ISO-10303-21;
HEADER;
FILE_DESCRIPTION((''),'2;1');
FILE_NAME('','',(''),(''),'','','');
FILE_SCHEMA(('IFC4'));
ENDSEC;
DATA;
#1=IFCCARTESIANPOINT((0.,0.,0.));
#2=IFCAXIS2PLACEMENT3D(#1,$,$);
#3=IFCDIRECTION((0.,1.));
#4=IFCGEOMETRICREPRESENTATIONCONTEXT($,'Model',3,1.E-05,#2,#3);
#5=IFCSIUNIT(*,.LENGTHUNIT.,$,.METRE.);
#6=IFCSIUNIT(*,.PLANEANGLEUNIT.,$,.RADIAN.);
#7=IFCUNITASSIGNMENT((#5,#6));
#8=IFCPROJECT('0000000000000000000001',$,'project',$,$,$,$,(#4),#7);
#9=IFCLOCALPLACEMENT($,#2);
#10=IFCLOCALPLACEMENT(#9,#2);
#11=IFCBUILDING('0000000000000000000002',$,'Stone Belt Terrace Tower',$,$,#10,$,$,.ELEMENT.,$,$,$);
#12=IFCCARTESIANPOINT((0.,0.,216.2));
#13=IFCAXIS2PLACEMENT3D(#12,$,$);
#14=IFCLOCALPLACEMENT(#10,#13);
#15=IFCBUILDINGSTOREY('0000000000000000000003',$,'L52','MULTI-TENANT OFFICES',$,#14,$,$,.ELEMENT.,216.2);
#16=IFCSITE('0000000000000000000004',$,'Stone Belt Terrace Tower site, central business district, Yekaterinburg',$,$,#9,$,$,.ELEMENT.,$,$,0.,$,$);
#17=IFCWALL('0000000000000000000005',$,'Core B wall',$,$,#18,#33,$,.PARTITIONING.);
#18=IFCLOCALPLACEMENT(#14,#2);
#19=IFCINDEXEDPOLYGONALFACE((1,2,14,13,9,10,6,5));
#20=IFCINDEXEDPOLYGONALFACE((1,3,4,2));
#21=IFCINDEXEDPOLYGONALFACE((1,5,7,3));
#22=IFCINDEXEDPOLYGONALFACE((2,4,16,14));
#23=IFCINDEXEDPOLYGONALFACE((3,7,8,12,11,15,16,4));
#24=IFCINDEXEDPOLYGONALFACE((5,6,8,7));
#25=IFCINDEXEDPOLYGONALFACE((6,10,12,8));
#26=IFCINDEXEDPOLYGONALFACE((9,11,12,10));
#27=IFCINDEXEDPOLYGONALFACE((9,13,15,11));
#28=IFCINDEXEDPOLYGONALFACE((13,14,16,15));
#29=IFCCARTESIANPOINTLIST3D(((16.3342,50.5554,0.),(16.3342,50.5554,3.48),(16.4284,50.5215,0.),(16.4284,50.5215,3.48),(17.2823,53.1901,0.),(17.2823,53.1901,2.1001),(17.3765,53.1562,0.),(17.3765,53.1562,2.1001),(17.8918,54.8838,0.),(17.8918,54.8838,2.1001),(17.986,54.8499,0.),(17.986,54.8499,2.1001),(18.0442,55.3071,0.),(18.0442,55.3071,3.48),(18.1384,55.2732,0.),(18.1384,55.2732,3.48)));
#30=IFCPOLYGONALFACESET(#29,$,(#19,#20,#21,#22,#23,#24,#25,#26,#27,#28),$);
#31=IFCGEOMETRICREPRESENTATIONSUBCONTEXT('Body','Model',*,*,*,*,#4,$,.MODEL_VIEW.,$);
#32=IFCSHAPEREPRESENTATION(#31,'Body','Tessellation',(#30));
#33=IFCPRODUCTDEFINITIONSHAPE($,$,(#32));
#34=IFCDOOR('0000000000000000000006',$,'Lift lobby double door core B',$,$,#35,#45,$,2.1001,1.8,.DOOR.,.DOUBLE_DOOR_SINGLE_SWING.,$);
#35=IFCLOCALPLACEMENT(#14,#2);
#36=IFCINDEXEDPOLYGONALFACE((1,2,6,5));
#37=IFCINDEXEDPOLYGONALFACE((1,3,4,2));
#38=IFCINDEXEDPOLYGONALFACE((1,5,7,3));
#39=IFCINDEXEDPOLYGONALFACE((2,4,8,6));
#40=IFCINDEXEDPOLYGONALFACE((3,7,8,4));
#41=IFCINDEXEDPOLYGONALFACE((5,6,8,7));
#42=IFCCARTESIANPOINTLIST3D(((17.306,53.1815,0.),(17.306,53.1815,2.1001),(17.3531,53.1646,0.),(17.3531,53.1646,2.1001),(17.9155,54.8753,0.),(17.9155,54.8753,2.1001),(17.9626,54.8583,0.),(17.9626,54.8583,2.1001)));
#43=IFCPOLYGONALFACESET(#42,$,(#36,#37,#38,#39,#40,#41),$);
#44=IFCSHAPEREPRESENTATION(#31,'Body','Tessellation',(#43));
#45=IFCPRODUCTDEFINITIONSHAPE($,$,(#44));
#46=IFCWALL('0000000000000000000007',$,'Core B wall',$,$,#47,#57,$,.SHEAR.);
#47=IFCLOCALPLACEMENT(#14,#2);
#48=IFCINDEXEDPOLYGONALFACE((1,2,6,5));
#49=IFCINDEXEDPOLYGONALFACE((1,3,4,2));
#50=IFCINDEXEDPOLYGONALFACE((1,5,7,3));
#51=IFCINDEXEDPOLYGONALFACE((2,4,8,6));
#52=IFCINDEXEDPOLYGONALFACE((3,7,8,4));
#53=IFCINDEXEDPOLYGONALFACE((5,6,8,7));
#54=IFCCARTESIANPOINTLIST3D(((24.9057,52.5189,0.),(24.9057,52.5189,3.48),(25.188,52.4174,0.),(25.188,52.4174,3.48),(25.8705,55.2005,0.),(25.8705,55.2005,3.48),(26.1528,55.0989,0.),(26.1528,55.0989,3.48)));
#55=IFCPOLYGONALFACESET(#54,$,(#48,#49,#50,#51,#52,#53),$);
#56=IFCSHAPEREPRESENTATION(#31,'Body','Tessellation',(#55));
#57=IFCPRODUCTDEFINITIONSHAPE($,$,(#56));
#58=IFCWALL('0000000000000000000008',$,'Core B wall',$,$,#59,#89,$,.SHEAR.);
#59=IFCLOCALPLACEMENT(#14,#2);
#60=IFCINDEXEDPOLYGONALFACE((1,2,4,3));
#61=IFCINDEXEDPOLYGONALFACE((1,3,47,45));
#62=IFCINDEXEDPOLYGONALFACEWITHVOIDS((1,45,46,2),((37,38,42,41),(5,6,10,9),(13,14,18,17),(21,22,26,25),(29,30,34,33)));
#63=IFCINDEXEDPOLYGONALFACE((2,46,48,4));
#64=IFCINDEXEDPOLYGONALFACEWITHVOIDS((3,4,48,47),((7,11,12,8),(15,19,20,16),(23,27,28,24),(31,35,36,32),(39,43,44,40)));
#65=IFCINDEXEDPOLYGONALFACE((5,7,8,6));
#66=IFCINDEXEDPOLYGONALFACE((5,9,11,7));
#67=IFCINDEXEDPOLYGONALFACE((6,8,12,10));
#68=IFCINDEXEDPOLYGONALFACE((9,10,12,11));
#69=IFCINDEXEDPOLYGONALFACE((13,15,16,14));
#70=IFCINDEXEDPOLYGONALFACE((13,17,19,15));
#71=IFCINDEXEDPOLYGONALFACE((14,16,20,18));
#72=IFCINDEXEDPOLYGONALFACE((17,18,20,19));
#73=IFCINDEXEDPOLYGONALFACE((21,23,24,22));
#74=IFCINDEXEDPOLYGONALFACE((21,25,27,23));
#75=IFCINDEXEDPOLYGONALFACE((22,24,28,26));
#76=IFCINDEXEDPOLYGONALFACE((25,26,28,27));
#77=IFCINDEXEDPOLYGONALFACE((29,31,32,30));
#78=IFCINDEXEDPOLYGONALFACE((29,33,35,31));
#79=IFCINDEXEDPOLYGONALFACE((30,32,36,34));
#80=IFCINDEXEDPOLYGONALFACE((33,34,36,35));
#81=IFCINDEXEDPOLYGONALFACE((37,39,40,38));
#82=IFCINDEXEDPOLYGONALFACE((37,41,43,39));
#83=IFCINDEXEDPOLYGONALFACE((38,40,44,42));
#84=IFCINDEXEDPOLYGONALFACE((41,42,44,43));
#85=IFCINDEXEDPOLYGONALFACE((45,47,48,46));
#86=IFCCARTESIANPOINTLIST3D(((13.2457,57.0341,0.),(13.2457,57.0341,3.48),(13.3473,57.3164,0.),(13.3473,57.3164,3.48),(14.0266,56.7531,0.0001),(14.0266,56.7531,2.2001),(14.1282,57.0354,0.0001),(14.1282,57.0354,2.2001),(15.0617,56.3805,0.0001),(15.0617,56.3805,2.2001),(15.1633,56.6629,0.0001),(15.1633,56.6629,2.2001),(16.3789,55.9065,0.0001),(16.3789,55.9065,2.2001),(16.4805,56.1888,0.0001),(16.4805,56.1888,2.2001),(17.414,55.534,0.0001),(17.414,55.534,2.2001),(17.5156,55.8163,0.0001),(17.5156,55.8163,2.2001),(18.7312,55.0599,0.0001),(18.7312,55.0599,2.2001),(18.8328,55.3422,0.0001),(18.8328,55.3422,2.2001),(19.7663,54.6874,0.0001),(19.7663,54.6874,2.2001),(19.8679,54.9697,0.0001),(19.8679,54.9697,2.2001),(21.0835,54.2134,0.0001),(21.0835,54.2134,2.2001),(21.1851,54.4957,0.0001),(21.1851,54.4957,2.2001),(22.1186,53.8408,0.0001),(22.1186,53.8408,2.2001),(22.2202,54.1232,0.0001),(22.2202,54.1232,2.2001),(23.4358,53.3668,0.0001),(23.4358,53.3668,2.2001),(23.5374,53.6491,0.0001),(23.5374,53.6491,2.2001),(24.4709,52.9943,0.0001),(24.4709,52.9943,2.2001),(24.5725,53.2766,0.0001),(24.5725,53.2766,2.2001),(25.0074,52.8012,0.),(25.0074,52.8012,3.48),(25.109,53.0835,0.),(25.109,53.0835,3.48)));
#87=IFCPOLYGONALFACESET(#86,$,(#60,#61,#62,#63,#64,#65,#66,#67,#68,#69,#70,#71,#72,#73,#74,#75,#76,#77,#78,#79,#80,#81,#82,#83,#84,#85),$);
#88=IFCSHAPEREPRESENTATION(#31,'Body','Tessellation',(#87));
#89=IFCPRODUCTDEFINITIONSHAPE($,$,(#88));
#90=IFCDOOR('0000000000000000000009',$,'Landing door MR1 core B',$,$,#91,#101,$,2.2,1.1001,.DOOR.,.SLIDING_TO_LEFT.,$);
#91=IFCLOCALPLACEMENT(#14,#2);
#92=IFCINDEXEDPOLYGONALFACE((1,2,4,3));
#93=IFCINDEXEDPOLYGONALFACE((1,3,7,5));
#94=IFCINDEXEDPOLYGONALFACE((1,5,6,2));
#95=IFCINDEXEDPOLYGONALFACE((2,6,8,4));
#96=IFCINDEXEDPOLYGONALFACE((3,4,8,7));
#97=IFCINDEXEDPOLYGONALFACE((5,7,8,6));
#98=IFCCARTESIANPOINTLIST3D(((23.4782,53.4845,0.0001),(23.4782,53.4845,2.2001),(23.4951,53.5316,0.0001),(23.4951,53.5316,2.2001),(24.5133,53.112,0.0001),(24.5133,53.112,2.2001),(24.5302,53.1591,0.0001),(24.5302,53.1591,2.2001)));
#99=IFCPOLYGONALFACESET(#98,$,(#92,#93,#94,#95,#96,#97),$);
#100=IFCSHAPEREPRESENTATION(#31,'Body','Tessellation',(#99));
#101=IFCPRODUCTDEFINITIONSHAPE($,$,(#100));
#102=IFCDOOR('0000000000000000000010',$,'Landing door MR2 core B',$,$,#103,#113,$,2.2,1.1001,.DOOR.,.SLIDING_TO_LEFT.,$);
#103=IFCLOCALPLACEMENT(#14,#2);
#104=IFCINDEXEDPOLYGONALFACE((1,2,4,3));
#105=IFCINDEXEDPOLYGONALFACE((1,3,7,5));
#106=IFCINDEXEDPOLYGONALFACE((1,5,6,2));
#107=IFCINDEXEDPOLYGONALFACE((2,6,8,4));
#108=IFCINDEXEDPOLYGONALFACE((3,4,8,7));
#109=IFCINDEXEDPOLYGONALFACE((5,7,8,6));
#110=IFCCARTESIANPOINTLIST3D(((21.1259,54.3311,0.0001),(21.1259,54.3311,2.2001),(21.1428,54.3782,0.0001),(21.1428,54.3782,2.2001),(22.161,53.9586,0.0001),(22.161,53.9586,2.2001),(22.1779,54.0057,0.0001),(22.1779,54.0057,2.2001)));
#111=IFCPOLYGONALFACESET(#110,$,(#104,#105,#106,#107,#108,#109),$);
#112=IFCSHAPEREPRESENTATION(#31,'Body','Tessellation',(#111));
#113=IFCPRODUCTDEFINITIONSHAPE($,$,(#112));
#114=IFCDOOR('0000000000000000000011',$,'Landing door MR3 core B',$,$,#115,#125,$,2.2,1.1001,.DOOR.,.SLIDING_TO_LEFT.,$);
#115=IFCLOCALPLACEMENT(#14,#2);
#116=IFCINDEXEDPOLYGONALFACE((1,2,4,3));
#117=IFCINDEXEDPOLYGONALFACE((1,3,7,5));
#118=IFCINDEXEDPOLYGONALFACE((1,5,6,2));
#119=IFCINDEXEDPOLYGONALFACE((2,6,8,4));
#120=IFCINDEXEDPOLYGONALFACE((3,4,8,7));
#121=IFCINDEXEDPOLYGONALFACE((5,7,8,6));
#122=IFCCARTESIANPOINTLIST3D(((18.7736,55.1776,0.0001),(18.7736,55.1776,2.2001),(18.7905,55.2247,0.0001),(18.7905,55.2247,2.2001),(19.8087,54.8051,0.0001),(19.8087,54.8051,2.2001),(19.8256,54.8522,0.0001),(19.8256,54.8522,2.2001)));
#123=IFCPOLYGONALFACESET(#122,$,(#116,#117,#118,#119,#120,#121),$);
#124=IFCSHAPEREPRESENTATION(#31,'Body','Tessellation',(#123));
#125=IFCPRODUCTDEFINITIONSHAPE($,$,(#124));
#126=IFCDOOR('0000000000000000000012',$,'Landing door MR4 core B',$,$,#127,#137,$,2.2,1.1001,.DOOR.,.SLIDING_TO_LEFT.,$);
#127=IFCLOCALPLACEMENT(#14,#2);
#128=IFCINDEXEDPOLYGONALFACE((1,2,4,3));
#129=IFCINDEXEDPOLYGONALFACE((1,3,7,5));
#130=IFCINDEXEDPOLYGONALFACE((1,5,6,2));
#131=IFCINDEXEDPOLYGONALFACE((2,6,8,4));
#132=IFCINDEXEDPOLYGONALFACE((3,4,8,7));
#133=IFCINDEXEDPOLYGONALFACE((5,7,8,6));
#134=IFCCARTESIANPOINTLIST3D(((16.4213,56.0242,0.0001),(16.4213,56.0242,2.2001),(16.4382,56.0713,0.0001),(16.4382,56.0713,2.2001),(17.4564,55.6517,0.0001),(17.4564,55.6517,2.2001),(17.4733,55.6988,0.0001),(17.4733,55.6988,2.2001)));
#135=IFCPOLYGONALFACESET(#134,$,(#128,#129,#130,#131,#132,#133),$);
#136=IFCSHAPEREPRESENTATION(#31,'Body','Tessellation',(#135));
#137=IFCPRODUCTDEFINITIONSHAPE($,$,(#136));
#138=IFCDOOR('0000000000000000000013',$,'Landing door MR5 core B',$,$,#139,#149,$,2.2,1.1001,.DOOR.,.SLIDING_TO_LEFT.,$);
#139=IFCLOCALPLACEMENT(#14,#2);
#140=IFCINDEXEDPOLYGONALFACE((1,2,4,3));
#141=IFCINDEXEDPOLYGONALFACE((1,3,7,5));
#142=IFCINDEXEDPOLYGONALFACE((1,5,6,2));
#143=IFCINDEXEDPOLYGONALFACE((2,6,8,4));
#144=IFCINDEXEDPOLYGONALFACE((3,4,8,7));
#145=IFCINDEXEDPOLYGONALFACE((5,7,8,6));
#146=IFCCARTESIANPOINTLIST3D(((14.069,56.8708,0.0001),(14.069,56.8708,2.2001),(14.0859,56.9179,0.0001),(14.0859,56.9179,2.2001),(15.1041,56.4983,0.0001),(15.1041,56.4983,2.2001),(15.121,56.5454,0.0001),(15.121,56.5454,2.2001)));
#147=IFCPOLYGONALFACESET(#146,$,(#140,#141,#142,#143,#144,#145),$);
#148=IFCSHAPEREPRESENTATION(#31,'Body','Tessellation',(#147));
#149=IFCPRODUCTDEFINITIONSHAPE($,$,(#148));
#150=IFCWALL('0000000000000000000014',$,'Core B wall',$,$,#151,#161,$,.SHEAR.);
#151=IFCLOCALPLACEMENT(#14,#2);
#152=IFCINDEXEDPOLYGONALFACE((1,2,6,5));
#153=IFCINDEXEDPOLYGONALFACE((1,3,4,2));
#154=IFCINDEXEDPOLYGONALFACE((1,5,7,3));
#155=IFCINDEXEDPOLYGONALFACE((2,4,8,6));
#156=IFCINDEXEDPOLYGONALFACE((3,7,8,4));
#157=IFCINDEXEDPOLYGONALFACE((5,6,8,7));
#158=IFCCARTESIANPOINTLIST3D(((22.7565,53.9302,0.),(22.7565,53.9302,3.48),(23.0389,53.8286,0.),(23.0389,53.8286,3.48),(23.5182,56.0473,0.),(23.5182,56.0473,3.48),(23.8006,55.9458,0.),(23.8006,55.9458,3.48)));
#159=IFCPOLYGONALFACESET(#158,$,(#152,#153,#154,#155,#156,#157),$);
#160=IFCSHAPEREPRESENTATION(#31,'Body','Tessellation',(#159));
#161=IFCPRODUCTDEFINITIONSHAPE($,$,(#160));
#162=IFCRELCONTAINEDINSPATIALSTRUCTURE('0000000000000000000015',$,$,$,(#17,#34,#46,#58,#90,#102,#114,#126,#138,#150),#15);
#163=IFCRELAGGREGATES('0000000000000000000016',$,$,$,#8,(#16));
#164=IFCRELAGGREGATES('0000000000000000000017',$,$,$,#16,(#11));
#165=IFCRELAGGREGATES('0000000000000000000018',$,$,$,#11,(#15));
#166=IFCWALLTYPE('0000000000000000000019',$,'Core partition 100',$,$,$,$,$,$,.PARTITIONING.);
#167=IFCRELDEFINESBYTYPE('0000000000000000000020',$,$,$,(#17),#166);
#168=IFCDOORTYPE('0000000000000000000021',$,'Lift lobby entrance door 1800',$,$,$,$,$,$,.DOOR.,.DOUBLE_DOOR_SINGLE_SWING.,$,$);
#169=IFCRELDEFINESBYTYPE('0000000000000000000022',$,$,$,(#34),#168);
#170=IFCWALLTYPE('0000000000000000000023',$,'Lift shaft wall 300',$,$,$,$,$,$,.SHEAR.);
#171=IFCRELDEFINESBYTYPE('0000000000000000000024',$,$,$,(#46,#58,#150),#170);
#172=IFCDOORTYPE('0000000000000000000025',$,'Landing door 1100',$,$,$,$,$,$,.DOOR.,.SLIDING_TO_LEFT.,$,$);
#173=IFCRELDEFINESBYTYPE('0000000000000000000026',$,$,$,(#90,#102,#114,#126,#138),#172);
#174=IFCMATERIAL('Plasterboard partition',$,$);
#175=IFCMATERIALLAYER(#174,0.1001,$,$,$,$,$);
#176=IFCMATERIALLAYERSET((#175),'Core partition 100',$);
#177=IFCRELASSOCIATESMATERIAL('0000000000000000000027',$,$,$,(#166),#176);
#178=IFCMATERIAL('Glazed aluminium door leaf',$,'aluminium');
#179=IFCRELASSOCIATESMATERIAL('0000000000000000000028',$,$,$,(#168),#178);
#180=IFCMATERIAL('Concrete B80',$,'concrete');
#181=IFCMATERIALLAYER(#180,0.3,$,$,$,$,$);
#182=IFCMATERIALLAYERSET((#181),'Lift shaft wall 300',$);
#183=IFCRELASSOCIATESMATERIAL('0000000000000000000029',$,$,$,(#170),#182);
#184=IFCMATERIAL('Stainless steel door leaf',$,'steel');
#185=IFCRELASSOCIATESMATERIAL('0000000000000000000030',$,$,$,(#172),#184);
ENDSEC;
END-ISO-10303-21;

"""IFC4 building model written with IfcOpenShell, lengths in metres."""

from ifc_helpers import new_model, si_unit, direction, frame, frame_2d, origin, place, context, subcontext, project, spatial, rectangle, extrude, material, layer, layer_set, type_object, element, fill, save


model = new_model("IFC4")

# Units and contexts
model_context = context("Model", 3, precision=1e-05, world=origin(), true_north=direction((0.0, 1.0)))
body_context = subcontext(model_context, "Body", "Model", "MODEL_VIEW")
ifc_project = project(units=[si_unit("LENGTHUNIT", "METRE"), si_unit("PLANEANGLEUNIT", "RADIAN")], contexts=[model_context])

# Site, building, storey
site_placement = place(None, origin())
site = spatial("IfcSite", under=ifc_project, at=site_placement, Name="Stone Belt Terrace Tower site, central business district, Yekaterinburg", CompositionType="ELEMENT", RefElevation=0.0)
building_placement = place(site_placement, origin())
building = spatial("IfcBuilding", under=site, at=building_placement, Name="Stone Belt Terrace Tower", CompositionType="ELEMENT")
storey_placement = place(building_placement, frame((0.0, 0.0, 216.2)))
storey = spatial("IfcBuildingStorey", under=building, at=storey_placement, Name="L52", Description="MULTI-TENANT OFFICES", CompositionType="ELEMENT", Elevation=216.2)

# Shared definitions
ifc_material_1 = material(Name="Plasterboard partition")
ifc_layer_1 = layer(ifc_material_1, 0.1001)
ifc_layer_set_1 = layer_set([ifc_layer_1], Name="Core partition 100")
wall_type_1 = type_object("IfcWallType", Name="Core partition 100", PredefinedType="PARTITIONING", material=ifc_layer_set_1)

# Wall, opening, door
wall_1_placement = place(storey_placement, frame((16.3813, 50.5386, 0.0), z_axis=(0.0, 0.0, 1.0), x_axis=(0.338605, 0.940929, 0.0)))
wall_1 = element("IfcWall", 1, at=wall_1_placement, inside=storey, type_object=wall_type_1, Name="Core B wall", PredefinedType="PARTITIONING", context=body_context, shape_type="SweptSolid", body=[
    extrude(rectangle(XDim=5.05, YDim=0.1001, at=frame_2d((2.5249, 0.0))), origin(), (0.0, 0.0, 1.0), 3.48),
])
opening_1_placement = place(wall_1_placement, frame((2.8, 0.0, 0.0)))
opening_1 = element("IfcOpeningElement", 2, at=opening_1_placement, cuts=wall_1, PredefinedType="OPENING", context=body_context, shape_type="SweptSolid", body=[
    extrude(rectangle(XDim=1.8, YDim=2.1001, at=frame_2d((0.8999, 1.05))), frame((0.0, 0.0601, 0.0), z_axis=(0.0, -1.0, 0.0), x_axis=(1.0, 0.0, 0.0)), (0.0, 0.0, 1.0), 0.1201),
])
ifc_material_2 = material(Name="Glazed aluminium door leaf", Category="aluminium")
door_type_1 = type_object("IfcDoorType", Name="Lift lobby entrance door 1800", OperationType="DOUBLE_DOOR_SINGLE_SWING", PredefinedType="DOOR", material=ifc_material_2)
door_1_placement = place(opening_1_placement, origin())
door_1 = element("IfcDoor", 3, at=door_1_placement, inside=storey, type_object=door_type_1, Name="Lift lobby double door core B", OperationType="DOUBLE_DOOR_SINGLE_SWING", OverallHeight=2.1001, OverallWidth=1.8, PredefinedType="DOOR", context=body_context, shape_type="SweptSolid", body=[
    extrude(rectangle(XDim=1.8, YDim=2.1001, at=frame_2d((0.8999, 1.05))), frame((0.0, 0.0249, 0.0), z_axis=(0.0, -1.0, 0.0), x_axis=(1.0, 0.0, 0.0)), (0.0, 0.0, 1.0), 0.05),
])
fill(opening_1, door_1)

# Wall
ifc_material_3 = material(Name="Concrete B80", Category="concrete")
ifc_layer_2 = layer(ifc_material_3, 0.3)
ifc_layer_set_2 = layer_set([ifc_layer_2], Name="Lift shaft wall 300")
wall_type_2 = type_object("IfcWallType", Name="Lift shaft wall 300", PredefinedType="SHEAR", material=ifc_layer_set_2)
wall_2_placement = place(storey_placement, frame((25.0469, 52.4683, 0.0), z_axis=(0.0, 0.0, 1.0), x_axis=(0.33855, 0.940949, 0.0)))
element("IfcWall", 4, at=wall_2_placement, inside=storey, type_object=wall_type_2, Name="Core B wall", PredefinedType="SHEAR", context=body_context, shape_type="SweptSolid", body=[
    extrude(rectangle(XDim=2.8499, YDim=0.3, at=frame_2d((1.4248, 0.0))), origin(), (0.0, 0.0, 1.0), 3.48),
])

# Wall, openings, doors
wall_3_placement = place(storey_placement, frame((25.0581, 52.9424, 0.0), z_axis=(0.0, 0.0, 1.0), x_axis=(-0.940921, 0.338627, 0.0)))
wall_3 = element("IfcWall", 5, at=wall_3_placement, inside=storey, type_object=wall_type_2, Name="Core B wall", PredefinedType="SHEAR", context=body_context, shape_type="SweptSolid", body=[
    extrude(rectangle(XDim=12.5002, YDim=0.3, at=frame_2d((6.25, 0.0))), origin(), (0.0, 0.0, 1.0), 3.48),
])
opening_2_placement = place(wall_3_placement, frame((0.5701, 0.0, 0.0)))
opening_2 = element("IfcOpeningElement", 6, at=opening_2_placement, cuts=wall_3, PredefinedType="OPENING", context=body_context, shape_type="SweptSolid", body=[
    extrude(rectangle(XDim=1.1001, YDim=2.2, at=frame_2d((0.55, 1.1001))), frame((0.0, 0.1599, 0.0), z_axis=(0.0, -1.0, 0.0), x_axis=(1.0, 0.0, 0.0)), (0.0, 0.0, 1.0), 0.3201),
])
opening_3_placement = place(wall_3_placement, frame((3.0701, 0.0, 0.0)))
opening_3 = element("IfcOpeningElement", 7, at=opening_3_placement, cuts=wall_3, PredefinedType="OPENING", context=body_context, shape_type="SweptSolid", body=[
    extrude(rectangle(XDim=1.1001, YDim=2.2, at=frame_2d((0.55, 1.1001))), frame((0.0, 0.1599, 0.0), z_axis=(0.0, -1.0, 0.0), x_axis=(1.0, 0.0, 0.0)), (0.0, 0.0, 1.0), 0.3201),
])
opening_4_placement = place(wall_3_placement, frame((5.5701, 0.0, 0.0)))
opening_4 = element("IfcOpeningElement", 8, at=opening_4_placement, cuts=wall_3, PredefinedType="OPENING", context=body_context, shape_type="SweptSolid", body=[
    extrude(rectangle(XDim=1.1001, YDim=2.2, at=frame_2d((0.55, 1.1001))), frame((0.0, 0.1599, 0.0), z_axis=(0.0, -1.0, 0.0), x_axis=(1.0, 0.0, 0.0)), (0.0, 0.0, 1.0), 0.3201),
])
opening_5_placement = place(wall_3_placement, frame((8.0701, 0.0, 0.0)))
opening_5 = element("IfcOpeningElement", 9, at=opening_5_placement, cuts=wall_3, PredefinedType="OPENING", context=body_context, shape_type="SweptSolid", body=[
    extrude(rectangle(XDim=1.1001, YDim=2.2, at=frame_2d((0.55, 1.1001))), frame((0.0, 0.1599, 0.0), z_axis=(0.0, -1.0, 0.0), x_axis=(1.0, 0.0, 0.0)), (0.0, 0.0, 1.0), 0.3201),
])
opening_6_placement = place(wall_3_placement, frame((10.5701, 0.0, 0.0)))
opening_6 = element("IfcOpeningElement", 10, at=opening_6_placement, cuts=wall_3, PredefinedType="OPENING", context=body_context, shape_type="SweptSolid", body=[
    extrude(rectangle(XDim=1.1001, YDim=2.2, at=frame_2d((0.55, 1.1001))), frame((0.0, 0.1599, 0.0), z_axis=(0.0, -1.0, 0.0), x_axis=(1.0, 0.0, 0.0)), (0.0, 0.0, 1.0), 0.3201),
])
ifc_material_4 = material(Name="Stainless steel door leaf", Category="steel")
door_type_2 = type_object("IfcDoorType", Name="Landing door 1100", OperationType="SLIDING_TO_LEFT", PredefinedType="DOOR", material=ifc_material_4)
door_2_placement = place(opening_2_placement, origin())
door_2 = element("IfcDoor", 11, at=door_2_placement, inside=storey, type_object=door_type_2, Name="Landing door MR1 core B", OperationType="SLIDING_TO_LEFT", OverallHeight=2.2, OverallWidth=1.1001, PredefinedType="DOOR", context=body_context, shape_type="SweptSolid", body=[
    extrude(rectangle(XDim=1.1001, YDim=2.2, at=frame_2d((0.55, 1.1001))), frame((0.0, 0.0249, 0.0), z_axis=(0.0, -1.0, 0.0), x_axis=(1.0, 0.0, 0.0)), (0.0, 0.0, 1.0), 0.05),
])
fill(opening_2, door_2)
door_3_placement = place(opening_3_placement, origin())
door_3 = element("IfcDoor", 12, at=door_3_placement, inside=storey, type_object=door_type_2, Name="Landing door MR2 core B", OperationType="SLIDING_TO_LEFT", OverallHeight=2.2, OverallWidth=1.1001, PredefinedType="DOOR", context=body_context, shape_type="SweptSolid", body=[
    extrude(rectangle(XDim=1.1001, YDim=2.2, at=frame_2d((0.55, 1.1001))), frame((0.0, 0.0249, 0.0), z_axis=(0.0, -1.0, 0.0), x_axis=(1.0, 0.0, 0.0)), (0.0, 0.0, 1.0), 0.05),
])
fill(opening_3, door_3)
door_4_placement = place(opening_4_placement, origin())
door_4 = element("IfcDoor", 13, at=door_4_placement, inside=storey, type_object=door_type_2, Name="Landing door MR3 core B", OperationType="SLIDING_TO_LEFT", OverallHeight=2.2, OverallWidth=1.1001, PredefinedType="DOOR", context=body_context, shape_type="SweptSolid", body=[
    extrude(rectangle(XDim=1.1001, YDim=2.2, at=frame_2d((0.55, 1.1001))), frame((0.0, 0.0249, 0.0), z_axis=(0.0, -1.0, 0.0), x_axis=(1.0, 0.0, 0.0)), (0.0, 0.0, 1.0), 0.05),
])
fill(opening_4, door_4)
door_5_placement = place(opening_5_placement, origin())
door_5 = element("IfcDoor", 14, at=door_5_placement, inside=storey, type_object=door_type_2, Name="Landing door MR4 core B", OperationType="SLIDING_TO_LEFT", OverallHeight=2.2, OverallWidth=1.1001, PredefinedType="DOOR", context=body_context, shape_type="SweptSolid", body=[
    extrude(rectangle(XDim=1.1001, YDim=2.2, at=frame_2d((0.55, 1.1001))), frame((0.0, 0.0249, 0.0), z_axis=(0.0, -1.0, 0.0), x_axis=(1.0, 0.0, 0.0)), (0.0, 0.0, 1.0), 0.05),
])
fill(opening_5, door_5)
door_6_placement = place(opening_6_placement, origin())
door_6 = element("IfcDoor", 15, at=door_6_placement, inside=storey, type_object=door_type_2, Name="Landing door MR5 core B", OperationType="SLIDING_TO_LEFT", OverallHeight=2.2, OverallWidth=1.1001, PredefinedType="DOOR", context=body_context, shape_type="SweptSolid", body=[
    extrude(rectangle(XDim=1.1001, YDim=2.2, at=frame_2d((0.55, 1.1001))), frame((0.0, 0.0249, 0.0), z_axis=(0.0, -1.0, 0.0), x_axis=(1.0, 0.0, 0.0)), (0.0, 0.0, 1.0), 0.05),
])
fill(opening_6, door_6)

# Wall
wall_4_placement = place(storey_placement, frame((22.8977, 53.8794, 0.0), z_axis=(0.0, 0.0, 1.0), x_axis=(0.338535, 0.940954, 0.0)))
element("IfcWall", 16, at=wall_4_placement, inside=storey, type_object=wall_type_2, Name="Core B wall", PredefinedType="SHEAR", context=body_context, shape_type="SweptSolid", body=[
    extrude(rectangle(XDim=2.25, YDim=0.3, at=frame_2d((1.125, 0.0))), origin(), (0.0, 0.0, 1.0), 3.48),
])

save(model, "model.ifc")
